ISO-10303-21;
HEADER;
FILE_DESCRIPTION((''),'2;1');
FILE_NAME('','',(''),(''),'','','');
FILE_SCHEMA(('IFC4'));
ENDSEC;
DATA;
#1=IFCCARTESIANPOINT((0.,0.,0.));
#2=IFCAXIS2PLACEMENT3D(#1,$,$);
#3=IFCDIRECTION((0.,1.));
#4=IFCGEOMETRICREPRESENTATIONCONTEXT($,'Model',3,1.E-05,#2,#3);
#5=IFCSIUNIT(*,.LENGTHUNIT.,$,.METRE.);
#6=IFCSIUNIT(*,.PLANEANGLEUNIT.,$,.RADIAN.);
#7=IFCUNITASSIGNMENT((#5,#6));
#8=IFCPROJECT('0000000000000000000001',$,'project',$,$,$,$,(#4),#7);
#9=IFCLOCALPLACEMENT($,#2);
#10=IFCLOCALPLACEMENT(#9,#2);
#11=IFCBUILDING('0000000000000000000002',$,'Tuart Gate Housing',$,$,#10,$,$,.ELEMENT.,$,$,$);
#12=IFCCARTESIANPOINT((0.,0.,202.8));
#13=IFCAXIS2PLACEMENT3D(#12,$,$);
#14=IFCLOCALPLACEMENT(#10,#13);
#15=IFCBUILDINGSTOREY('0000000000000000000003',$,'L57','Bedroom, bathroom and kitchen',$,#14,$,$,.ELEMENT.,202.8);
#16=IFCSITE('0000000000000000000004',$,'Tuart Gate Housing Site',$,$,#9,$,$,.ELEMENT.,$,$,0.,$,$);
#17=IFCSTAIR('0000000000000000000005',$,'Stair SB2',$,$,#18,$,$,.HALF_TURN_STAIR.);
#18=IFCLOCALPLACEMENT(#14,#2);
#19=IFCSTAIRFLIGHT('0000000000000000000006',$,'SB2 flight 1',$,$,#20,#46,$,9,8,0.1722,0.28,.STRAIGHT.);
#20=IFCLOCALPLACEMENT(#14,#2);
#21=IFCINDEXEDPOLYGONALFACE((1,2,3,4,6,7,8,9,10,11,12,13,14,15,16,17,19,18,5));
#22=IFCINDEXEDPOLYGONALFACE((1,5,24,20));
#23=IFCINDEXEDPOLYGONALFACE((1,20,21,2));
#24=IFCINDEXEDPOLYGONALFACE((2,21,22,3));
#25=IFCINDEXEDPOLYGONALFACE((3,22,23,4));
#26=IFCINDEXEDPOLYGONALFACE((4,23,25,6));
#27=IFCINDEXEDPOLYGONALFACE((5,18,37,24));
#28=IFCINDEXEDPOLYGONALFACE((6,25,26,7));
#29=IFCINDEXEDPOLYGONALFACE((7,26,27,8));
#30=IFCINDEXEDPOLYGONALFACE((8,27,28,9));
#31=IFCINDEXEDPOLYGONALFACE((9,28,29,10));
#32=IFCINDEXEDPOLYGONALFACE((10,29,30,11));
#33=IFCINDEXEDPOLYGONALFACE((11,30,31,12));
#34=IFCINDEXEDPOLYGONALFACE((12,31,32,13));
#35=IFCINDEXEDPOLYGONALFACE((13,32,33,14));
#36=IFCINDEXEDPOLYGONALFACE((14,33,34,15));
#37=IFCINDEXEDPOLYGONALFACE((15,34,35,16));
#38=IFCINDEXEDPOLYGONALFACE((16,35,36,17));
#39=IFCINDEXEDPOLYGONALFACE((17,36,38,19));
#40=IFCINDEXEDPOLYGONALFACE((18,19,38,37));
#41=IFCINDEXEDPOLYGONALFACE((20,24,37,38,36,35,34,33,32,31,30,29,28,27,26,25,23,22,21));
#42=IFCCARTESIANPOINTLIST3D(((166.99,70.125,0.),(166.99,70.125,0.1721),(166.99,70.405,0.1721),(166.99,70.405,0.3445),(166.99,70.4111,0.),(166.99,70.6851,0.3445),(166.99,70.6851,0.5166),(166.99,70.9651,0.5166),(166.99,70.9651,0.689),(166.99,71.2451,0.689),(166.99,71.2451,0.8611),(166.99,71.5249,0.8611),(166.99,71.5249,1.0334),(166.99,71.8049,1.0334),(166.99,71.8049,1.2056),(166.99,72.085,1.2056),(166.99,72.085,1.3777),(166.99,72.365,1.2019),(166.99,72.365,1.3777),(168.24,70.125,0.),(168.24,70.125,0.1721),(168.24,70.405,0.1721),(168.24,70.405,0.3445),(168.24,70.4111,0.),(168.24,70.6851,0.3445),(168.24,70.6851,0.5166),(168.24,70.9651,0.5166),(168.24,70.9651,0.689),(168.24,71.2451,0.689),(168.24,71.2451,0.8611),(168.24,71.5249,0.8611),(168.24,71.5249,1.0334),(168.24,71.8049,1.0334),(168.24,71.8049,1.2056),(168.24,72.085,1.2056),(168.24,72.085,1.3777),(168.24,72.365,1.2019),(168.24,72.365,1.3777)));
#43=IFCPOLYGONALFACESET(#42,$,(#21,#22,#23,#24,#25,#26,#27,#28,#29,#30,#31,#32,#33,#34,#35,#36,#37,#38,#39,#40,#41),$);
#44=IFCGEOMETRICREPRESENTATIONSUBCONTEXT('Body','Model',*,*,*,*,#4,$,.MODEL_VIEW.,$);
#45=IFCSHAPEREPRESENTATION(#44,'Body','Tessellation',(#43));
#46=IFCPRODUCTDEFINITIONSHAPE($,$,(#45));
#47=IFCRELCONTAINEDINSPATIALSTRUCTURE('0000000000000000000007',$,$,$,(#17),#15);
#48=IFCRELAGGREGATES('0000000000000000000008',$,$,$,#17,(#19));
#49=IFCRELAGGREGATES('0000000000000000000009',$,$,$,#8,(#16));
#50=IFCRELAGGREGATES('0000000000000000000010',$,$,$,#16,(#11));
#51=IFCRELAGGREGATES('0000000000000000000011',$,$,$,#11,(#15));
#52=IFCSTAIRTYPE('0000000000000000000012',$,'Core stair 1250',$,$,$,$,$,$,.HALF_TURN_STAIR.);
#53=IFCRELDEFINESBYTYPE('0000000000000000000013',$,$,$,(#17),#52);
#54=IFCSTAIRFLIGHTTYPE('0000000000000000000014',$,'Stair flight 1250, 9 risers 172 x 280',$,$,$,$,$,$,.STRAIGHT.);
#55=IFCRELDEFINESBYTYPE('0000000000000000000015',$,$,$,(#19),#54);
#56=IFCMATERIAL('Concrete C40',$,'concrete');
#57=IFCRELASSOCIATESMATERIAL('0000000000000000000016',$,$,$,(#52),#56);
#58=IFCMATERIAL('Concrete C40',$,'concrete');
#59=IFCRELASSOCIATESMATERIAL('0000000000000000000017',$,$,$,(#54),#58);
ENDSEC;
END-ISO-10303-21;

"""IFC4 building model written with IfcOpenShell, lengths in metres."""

from ifc_helpers import new_model, si_unit, direction, frame, origin, place, context, subcontext, project, spatial, polyline, outline, extrude, material, type_object, element, aggregate, save


model = new_model("IFC4")

# Units and contexts
model_context = context("Model", 3, precision=1e-05, world=origin(), true_north=direction((0.0, 1.0)))
body_context = subcontext(model_context, "Body", "Model", "MODEL_VIEW")
ifc_project = project(units=[si_unit("LENGTHUNIT", "METRE"), si_unit("PLANEANGLEUNIT", "RADIAN")], contexts=[model_context])

# Site, building, storey
site_placement = place(None, origin())
site = spatial("IfcSite", under=ifc_project, at=site_placement, Name="Tuart Gate Housing Site", CompositionType="ELEMENT", RefElevation=0.0)
building_placement = place(site_placement, origin())
building = spatial("IfcBuilding", under=site, at=building_placement, Name="Tuart Gate Housing", CompositionType="ELEMENT")
storey_placement = place(building_placement, frame((0.0, 0.0, 202.8)))
storey = spatial("IfcBuildingStorey", under=building, at=storey_placement, Name="L57", Description="Bedroom, bathroom and kitchen", CompositionType="ELEMENT", Elevation=202.8)

# Stair, stair flight
ifc_material_1 = material(Name="Concrete C40", Category="concrete")
stair_type = type_object("IfcStairType", Name="Core stair 1250", PredefinedType="HALF_TURN_STAIR", material=ifc_material_1)
stair_placement = place(storey_placement, origin())
stair = element("IfcStair", 1, at=stair_placement, inside=storey, type_object=stair_type, Name="Stair SB2", PredefinedType="HALF_TURN_STAIR")
ifc_material_2 = material(Name="Concrete C40", Category="concrete")
stair_flight_type = type_object("IfcStairFlightType", Name="Stair flight 1250, 9 risers 172 x 280", PredefinedType="STRAIGHT", material=ifc_material_2)
stair_flight_placement = place(storey_placement, frame((167.615, 70.125, 0.0), z_axis=(0.0, 0.0, 1.0), x_axis=(0.0, 1.0, 0.0)))
stair_flight = element("IfcStairFlight", 2, at=stair_flight_placement, type_object=stair_flight_type, Name="SB2 flight 1", NumberOfRisers=9, NumberOfTreads=8, PredefinedType="STRAIGHT", RiserHeight=0.1722, TreadLength=0.28, context=body_context, shape_type="SweptSolid", body=[
    extrude(outline(polyline([(0.0, 0.0), (0.0, 0.1721), (0.28, 0.1721), (0.28, 0.3445), (0.5601, 0.3445), (0.5601, 0.5166), (0.8401, 0.5166), (0.8401, 0.689), (1.1201, 0.689), (1.1201, 0.8611), (1.3999, 0.8611), (1.3999, 1.0334), (1.6799, 1.0334), (1.6799, 1.2056), (1.96, 1.2056), (1.96, 1.3777), (2.24, 1.3777), (2.24, 1.55), (2.24, 1.2019), (0.2861, 0.0), (0.0, 0.0)])), frame((0.0, 0.625, 0.0), z_axis=(0.0, -1.0, 0.0), x_axis=(1.0, 0.0, 0.0)), (0.0, 0.0, 1.0), 1.25),
])
aggregate(stair, [stair_flight])

save(model, "model.ifc")
